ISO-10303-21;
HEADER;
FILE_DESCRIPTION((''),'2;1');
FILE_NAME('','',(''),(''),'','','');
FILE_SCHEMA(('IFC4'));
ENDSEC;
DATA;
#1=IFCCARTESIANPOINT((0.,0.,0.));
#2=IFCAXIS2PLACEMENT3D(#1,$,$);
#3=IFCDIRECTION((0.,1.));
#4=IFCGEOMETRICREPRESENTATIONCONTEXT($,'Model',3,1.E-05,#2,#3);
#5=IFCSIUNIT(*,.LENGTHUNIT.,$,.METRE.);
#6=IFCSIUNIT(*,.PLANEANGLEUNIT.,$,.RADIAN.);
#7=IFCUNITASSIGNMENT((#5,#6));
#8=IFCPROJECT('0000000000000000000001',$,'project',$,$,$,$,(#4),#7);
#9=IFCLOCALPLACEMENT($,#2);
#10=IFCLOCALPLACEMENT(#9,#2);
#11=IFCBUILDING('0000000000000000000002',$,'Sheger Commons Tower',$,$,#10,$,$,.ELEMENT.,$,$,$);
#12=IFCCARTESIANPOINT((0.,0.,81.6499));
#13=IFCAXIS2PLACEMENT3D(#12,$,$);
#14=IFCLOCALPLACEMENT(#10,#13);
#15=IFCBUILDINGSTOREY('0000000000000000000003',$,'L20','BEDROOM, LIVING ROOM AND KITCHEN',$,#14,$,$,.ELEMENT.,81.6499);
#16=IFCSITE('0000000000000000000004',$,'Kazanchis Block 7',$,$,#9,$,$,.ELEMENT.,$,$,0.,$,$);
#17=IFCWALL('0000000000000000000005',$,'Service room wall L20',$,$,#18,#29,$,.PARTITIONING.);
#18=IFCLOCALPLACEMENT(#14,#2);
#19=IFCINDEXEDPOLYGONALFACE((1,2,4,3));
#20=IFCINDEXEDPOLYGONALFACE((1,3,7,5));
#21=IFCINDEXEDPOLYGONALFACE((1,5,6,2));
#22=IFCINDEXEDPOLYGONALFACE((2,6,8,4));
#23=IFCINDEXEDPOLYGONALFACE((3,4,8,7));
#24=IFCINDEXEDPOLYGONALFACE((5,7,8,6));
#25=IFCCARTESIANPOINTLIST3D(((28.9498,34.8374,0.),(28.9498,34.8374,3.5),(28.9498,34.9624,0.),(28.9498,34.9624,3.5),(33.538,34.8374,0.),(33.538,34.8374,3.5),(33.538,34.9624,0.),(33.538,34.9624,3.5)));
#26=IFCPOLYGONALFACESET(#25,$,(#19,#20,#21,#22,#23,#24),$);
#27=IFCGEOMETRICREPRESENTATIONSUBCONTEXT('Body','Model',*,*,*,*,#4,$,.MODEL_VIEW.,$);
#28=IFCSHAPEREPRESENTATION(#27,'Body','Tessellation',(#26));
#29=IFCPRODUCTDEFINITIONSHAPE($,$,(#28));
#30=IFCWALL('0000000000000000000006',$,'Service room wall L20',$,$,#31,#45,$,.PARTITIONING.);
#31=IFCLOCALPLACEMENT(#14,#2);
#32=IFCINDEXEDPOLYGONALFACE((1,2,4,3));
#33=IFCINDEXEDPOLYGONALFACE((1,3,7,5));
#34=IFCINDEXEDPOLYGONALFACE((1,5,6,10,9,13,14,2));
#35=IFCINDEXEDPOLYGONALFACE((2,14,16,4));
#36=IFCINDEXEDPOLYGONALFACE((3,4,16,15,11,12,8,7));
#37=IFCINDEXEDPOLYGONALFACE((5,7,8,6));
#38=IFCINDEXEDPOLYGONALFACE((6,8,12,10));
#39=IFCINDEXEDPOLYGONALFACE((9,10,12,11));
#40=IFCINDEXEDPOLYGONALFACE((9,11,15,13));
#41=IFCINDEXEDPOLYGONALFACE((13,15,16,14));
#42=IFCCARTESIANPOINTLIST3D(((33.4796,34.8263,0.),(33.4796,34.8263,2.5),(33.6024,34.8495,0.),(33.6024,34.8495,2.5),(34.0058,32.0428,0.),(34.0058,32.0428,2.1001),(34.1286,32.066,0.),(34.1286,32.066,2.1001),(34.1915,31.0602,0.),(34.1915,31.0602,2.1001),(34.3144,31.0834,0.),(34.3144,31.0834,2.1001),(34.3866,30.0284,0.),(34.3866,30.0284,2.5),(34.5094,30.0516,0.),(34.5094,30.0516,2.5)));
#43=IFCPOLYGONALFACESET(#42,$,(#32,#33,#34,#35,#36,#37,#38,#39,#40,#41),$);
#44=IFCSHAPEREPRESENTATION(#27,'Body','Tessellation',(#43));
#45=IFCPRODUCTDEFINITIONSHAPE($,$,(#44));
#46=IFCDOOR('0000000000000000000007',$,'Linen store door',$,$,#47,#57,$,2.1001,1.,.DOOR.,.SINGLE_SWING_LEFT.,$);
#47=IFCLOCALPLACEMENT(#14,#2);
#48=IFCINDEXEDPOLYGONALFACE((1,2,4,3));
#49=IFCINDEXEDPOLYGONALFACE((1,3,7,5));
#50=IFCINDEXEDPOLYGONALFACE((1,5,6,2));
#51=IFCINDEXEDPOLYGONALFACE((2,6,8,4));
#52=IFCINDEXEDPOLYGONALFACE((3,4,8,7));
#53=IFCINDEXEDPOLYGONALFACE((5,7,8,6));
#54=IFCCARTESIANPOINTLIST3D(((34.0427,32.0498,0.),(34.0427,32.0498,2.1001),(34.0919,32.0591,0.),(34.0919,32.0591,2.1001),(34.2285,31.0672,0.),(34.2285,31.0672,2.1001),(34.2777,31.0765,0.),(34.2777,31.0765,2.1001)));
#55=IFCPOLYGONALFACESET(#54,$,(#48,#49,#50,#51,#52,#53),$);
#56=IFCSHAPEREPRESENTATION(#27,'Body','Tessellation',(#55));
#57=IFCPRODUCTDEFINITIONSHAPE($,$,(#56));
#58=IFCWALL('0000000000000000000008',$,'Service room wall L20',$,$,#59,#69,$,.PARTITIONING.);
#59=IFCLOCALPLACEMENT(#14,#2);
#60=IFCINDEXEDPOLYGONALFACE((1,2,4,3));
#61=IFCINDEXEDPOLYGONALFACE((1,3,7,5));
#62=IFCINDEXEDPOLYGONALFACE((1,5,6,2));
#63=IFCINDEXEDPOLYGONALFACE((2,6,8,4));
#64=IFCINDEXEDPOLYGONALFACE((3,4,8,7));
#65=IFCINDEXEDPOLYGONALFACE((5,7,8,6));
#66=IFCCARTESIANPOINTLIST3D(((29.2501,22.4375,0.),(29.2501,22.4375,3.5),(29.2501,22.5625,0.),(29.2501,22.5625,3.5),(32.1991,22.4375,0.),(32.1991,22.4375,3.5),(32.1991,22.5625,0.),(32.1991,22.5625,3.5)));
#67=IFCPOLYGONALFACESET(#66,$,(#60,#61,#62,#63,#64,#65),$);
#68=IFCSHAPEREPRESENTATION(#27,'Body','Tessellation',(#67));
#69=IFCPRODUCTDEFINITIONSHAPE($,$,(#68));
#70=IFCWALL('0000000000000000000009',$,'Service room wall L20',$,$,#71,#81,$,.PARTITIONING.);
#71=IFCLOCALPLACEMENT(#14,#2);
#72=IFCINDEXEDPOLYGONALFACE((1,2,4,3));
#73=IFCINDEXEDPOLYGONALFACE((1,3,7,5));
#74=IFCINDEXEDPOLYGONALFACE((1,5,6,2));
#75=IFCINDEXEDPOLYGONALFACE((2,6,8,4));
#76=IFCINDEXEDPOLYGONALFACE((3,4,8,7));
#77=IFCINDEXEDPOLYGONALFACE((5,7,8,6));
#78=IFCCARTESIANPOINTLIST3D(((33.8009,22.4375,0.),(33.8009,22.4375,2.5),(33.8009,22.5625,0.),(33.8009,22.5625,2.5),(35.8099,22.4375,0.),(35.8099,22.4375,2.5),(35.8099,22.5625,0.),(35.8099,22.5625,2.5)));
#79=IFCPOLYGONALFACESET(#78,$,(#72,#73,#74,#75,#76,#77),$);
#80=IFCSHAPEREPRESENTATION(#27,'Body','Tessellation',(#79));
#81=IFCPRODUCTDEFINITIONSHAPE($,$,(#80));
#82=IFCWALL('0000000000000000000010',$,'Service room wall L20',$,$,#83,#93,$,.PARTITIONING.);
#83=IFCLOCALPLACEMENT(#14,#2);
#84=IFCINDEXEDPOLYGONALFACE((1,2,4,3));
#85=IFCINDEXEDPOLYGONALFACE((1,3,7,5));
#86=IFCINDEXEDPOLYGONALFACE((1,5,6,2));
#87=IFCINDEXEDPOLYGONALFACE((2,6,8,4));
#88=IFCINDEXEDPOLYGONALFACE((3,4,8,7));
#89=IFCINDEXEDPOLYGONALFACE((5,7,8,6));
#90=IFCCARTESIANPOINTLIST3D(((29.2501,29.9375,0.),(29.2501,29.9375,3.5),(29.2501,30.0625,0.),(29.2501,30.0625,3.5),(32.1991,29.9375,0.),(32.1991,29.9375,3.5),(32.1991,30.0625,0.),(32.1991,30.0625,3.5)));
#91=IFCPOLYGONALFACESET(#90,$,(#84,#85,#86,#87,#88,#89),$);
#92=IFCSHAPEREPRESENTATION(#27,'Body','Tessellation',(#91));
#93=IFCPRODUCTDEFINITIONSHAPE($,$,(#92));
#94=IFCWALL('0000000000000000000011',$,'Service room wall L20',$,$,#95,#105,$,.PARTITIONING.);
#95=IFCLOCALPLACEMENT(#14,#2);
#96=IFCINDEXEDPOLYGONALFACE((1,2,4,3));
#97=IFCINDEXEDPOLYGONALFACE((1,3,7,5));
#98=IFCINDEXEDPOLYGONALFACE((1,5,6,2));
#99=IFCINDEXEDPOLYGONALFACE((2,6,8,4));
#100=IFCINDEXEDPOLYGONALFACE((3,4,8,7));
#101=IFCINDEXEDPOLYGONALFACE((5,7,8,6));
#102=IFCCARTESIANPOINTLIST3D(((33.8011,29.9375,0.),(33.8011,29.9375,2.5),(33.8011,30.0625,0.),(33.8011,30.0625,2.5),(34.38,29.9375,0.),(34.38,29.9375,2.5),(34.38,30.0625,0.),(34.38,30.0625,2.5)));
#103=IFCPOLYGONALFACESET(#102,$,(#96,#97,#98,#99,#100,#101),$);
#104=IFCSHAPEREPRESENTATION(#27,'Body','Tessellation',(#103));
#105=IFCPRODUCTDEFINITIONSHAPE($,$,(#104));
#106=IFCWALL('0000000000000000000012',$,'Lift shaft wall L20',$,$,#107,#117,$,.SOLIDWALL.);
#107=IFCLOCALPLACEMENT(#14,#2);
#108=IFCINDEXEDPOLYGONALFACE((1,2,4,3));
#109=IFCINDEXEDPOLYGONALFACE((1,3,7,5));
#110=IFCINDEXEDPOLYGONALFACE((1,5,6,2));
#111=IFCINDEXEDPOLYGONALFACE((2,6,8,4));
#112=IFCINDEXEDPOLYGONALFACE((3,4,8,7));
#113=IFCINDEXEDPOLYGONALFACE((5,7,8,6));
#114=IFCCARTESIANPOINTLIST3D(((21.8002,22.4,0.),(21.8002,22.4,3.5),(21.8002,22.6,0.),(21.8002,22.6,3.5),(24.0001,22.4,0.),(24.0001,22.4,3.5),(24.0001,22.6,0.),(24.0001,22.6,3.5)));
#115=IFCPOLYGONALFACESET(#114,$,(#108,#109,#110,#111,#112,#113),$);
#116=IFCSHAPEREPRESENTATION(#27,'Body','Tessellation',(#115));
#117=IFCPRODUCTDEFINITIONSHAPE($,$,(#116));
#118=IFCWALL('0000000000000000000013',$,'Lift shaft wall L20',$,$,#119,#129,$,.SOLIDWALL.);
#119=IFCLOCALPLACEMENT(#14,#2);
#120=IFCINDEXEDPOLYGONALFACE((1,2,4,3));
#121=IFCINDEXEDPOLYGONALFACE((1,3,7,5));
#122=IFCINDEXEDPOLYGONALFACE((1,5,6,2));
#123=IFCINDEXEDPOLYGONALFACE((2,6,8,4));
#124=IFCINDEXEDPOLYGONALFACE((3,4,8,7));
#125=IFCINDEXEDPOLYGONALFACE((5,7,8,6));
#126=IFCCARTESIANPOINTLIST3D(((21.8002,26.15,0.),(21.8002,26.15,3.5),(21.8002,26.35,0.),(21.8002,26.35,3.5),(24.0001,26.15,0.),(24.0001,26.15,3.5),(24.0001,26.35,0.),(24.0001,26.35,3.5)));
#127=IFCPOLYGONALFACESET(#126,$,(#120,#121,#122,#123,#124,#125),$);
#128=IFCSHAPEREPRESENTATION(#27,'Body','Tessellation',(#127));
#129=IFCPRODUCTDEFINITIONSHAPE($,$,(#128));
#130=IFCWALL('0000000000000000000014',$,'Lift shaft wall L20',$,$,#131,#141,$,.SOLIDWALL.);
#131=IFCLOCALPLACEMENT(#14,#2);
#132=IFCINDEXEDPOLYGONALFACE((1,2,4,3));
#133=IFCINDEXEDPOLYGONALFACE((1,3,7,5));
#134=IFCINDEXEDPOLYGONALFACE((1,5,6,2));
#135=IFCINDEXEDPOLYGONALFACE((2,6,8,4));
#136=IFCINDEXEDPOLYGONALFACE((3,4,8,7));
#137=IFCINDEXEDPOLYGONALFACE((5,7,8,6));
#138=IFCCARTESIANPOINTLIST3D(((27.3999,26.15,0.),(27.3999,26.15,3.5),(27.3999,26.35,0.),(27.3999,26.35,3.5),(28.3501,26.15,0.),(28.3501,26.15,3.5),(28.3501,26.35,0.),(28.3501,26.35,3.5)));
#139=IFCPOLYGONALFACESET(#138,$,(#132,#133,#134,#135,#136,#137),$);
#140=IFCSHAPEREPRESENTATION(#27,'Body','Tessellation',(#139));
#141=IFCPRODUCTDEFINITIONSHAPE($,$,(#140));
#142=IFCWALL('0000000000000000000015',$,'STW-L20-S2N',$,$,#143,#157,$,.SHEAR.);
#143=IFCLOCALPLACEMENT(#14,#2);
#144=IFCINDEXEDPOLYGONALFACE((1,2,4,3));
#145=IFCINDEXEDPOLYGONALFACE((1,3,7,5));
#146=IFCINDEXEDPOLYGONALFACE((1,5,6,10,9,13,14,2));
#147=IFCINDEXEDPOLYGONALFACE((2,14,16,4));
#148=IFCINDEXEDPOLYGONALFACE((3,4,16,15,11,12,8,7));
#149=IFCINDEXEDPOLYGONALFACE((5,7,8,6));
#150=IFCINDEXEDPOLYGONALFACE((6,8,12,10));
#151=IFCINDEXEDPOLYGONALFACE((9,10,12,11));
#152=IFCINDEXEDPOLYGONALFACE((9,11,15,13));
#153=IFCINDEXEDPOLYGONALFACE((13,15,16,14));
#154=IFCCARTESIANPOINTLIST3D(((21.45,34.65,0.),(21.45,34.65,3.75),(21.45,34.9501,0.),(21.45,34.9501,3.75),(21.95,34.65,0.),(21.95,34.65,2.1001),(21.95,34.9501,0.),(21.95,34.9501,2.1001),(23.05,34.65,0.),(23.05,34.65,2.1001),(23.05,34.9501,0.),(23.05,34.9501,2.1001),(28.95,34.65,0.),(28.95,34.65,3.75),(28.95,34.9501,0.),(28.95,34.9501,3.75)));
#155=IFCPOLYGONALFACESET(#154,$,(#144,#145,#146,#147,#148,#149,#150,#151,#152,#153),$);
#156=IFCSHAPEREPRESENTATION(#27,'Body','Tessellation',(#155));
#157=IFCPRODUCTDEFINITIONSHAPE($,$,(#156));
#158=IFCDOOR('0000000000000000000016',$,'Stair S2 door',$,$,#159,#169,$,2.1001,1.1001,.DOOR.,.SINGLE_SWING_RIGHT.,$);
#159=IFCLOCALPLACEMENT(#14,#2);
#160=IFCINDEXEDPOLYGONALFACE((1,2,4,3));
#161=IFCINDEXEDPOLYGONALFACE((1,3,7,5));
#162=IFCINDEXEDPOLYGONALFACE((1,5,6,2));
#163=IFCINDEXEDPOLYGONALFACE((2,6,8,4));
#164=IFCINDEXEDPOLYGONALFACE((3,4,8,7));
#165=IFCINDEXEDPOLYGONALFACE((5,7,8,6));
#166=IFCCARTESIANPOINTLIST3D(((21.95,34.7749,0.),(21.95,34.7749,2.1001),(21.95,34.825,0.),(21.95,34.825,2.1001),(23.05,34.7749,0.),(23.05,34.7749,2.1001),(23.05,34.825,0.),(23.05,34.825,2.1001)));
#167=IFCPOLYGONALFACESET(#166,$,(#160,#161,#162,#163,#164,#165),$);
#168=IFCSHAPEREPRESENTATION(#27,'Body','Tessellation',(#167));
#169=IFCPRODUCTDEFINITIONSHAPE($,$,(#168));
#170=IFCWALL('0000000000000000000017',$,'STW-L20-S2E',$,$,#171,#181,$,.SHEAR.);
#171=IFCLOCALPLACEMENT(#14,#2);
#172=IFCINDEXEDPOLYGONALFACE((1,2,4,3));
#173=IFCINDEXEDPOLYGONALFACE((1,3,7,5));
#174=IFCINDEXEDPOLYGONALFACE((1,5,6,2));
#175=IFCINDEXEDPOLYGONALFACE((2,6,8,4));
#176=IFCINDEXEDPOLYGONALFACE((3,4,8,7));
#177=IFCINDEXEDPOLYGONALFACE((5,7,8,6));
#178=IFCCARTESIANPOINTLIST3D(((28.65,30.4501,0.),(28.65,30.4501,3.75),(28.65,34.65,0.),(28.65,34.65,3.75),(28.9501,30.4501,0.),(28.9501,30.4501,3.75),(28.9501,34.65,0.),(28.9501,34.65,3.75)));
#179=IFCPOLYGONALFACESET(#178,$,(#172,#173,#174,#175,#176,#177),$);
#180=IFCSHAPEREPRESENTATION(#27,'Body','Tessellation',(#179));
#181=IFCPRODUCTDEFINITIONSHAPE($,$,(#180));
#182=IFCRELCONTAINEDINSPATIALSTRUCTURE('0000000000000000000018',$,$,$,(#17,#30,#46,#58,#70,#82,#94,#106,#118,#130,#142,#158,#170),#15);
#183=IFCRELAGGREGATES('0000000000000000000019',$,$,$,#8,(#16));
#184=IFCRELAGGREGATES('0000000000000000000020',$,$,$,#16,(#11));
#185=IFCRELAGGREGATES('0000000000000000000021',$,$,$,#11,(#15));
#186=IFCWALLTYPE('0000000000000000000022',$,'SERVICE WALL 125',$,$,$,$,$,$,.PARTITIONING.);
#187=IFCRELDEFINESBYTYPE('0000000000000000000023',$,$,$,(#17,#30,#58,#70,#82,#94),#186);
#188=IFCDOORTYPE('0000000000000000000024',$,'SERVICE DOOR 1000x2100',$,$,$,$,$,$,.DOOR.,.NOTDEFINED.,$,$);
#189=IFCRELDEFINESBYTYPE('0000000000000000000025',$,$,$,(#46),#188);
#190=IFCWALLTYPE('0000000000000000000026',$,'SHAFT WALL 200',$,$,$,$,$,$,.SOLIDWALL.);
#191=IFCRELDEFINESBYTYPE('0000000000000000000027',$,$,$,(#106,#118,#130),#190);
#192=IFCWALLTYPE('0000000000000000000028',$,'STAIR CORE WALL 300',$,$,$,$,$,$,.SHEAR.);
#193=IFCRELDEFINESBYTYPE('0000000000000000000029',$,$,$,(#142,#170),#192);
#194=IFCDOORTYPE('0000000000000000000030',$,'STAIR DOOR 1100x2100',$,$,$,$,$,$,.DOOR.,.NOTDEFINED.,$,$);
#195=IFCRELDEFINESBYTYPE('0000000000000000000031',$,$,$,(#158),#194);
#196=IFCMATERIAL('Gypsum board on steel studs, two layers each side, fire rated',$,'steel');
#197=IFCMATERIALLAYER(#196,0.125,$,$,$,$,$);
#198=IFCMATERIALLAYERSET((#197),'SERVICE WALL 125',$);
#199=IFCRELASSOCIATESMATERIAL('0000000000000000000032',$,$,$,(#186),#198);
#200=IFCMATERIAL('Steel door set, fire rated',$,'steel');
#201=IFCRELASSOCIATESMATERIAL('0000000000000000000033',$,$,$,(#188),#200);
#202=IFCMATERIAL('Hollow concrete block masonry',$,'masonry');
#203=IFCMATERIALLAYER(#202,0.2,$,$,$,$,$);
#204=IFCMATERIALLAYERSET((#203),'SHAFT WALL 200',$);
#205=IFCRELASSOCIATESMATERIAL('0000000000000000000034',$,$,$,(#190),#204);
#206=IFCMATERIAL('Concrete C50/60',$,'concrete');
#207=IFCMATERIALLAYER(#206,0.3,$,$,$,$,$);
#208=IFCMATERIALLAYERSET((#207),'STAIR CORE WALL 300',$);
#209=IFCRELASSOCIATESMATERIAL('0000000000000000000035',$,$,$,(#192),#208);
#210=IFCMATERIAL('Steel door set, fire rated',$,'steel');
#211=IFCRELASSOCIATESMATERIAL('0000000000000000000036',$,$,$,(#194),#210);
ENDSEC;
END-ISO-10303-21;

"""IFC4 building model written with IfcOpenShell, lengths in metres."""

from ifc_helpers import new_model, si_unit, direction, frame, frame_2d, origin, place, context, subcontext, project, spatial, rectangle, extrude, material, layer, layer_set, type_object, element, fill, save


model = new_model("IFC4")

# Units and contexts
model_context = context("Model", 3, precision=1e-05, world=origin(), true_north=direction((0.0, 1.0)))
body_context = subcontext(model_context, "Body", "Model", "MODEL_VIEW")
ifc_project = project(units=[si_unit("LENGTHUNIT", "METRE"), si_unit("PLANEANGLEUNIT", "RADIAN")], contexts=[model_context])

# Site, building, storey
site_placement = place(None, origin())
site = spatial("IfcSite", under=ifc_project, at=site_placement, Name="Kazanchis Block 7", CompositionType="ELEMENT", RefElevation=0.0)
building_placement = place(site_placement, origin())
building = spatial("IfcBuilding", under=site, at=building_placement, Name="Sheger Commons Tower", CompositionType="ELEMENT")
storey_placement = place(building_placement, frame((0.0, 0.0, 81.6499)))
storey = spatial("IfcBuildingStorey", under=building, at=storey_placement, Name="L20", Description="BEDROOM, LIVING ROOM AND KITCHEN", CompositionType="ELEMENT", Elevation=81.6499)

# Wall
ifc_material_1 = material(Name="Gypsum board on steel studs, two layers each side, fire rated", Category="steel")
ifc_layer_1 = layer(ifc_material_1, 0.125)
ifc_layer_set_1 = layer_set([ifc_layer_1], Name="SERVICE WALL 125")
wall_type_1 = type_object("IfcWallType", Name="SERVICE WALL 125", PredefinedType="PARTITIONING", material=ifc_layer_set_1)
wall_1_placement = place(storey_placement, frame((28.95, 34.8999, 0.0), z_axis=(0.0, 0.0, 1.0), x_axis=(1.0, 0.0, 0.0)))
element("IfcWall", 1, at=wall_1_placement, inside=storey, type_object=wall_type_1, Name="Service room wall L20", PredefinedType="PARTITIONING", context=body_context, shape_type="SweptSolid", body=[
    extrude(rectangle(XDim=4.5881, YDim=0.125, at=frame_2d((2.2939, 0.0))), origin(), (0.0, 0.0, 1.0), 3.5),
])

# Wall, opening, door
wall_2_placement = place(storey_placement, frame((34.448, 30.04, 0.0), z_axis=(0.0, 0.0, 1.0), x_axis=(-0.185749, 0.982597, 0.0)))
wall_2 = element("IfcWall", 2, at=wall_2_placement, inside=storey, type_object=wall_type_1, Name="Service room wall L20", PredefinedType="PARTITIONING", context=body_context, shape_type="SweptSolid", body=[
    extrude(rectangle(XDim=4.8828, YDim=0.125, at=frame_2d((2.4414, 0.0))), origin(), (0.0, 0.0, 1.0), 2.5),
])
opening_1_placement = place(wall_2_placement, frame((1.05, 0.0, 0.0)))
opening_1 = element("IfcOpeningElement", 3, at=opening_1_placement, cuts=wall_2, PredefinedType="OPENING", context=body_context, shape_type="SweptSolid", body=[
    extrude(rectangle(XDim=1.0, YDim=2.1001, at=frame_2d((0.5, 1.05))), frame((0.0, 0.0725, 0.0), z_axis=(0.0, -1.0, 0.0), x_axis=(1.0, 0.0, 0.0)), (0.0, 0.0, 1.0), 0.145),
])
ifc_material_2 = material(Name="Steel door set, fire rated", Category="steel")
door_type_1 = type_object("IfcDoorType", Name="SERVICE DOOR 1000x2100", OperationType="NOTDEFINED", PredefinedType="DOOR", material=ifc_material_2)
door_1_placement = place(opening_1_placement, origin())
door_1 = element("IfcDoor", 4, at=door_1_placement, inside=storey, type_object=door_type_1, Name="Linen store door", OperationType="SINGLE_SWING_LEFT", OverallHeight=2.1001, OverallWidth=1.0, PredefinedType="DOOR", context=body_context, shape_type="SweptSolid", body=[
    extrude(rectangle(XDim=1.0, YDim=2.1001, at=frame_2d((0.5, 1.05))), frame((0.0, 0.0249, 0.0), z_axis=(0.0, -1.0, 0.0), x_axis=(1.0, 0.0, 0.0)), (0.0, 0.0, 1.0), 0.05),
])
fill(opening_1, door_1)

# Walls
wall_3_placement = place(storey_placement, frame((29.25, 22.5, 0.0), z_axis=(0.0, 0.0, 1.0), x_axis=(1.0, 0.0, 0.0)))
element("IfcWall", 5, at=wall_3_placement, inside=storey, type_object=wall_type_1, Name="Service room wall L20", PredefinedType="PARTITIONING", context=body_context, shape_type="SweptSolid", body=[
    extrude(rectangle(XDim=2.949, YDim=0.125, at=frame_2d((1.4746, 0.0))), origin(), (0.0, 0.0, 1.0), 3.5),
])
wall_4_placement = place(storey_placement, frame((33.801, 22.5, 0.0), z_axis=(0.0, 0.0, 1.0), x_axis=(1.0, 0.0, 0.0)))
element("IfcWall", 6, at=wall_4_placement, inside=storey, type_object=wall_type_1, Name="Service room wall L20", PredefinedType="PARTITIONING", context=body_context, shape_type="SweptSolid", body=[
    extrude(rectangle(XDim=2.009, YDim=0.125, at=frame_2d((1.0044, 0.0))), origin(), (0.0, 0.0, 1.0), 2.5),
])
wall_5_placement = place(storey_placement, frame((29.25, 30.0, 0.0), z_axis=(0.0, 0.0, 1.0), x_axis=(1.0, 0.0, 0.0)))
element("IfcWall", 7, at=wall_5_placement, inside=storey, type_object=wall_type_1, Name="Service room wall L20", PredefinedType="PARTITIONING", context=body_context, shape_type="SweptSolid", body=[
    extrude(rectangle(XDim=2.949, YDim=0.125, at=frame_2d((1.4746, 0.0))), origin(), (0.0, 0.0, 1.0), 3.5),
])
wall_6_placement = place(storey_placement, frame((33.801, 30.0, 0.0), z_axis=(0.0, 0.0, 1.0), x_axis=(1.0, 0.0, 0.0)))
element("IfcWall", 8, at=wall_6_placement, inside=storey, type_object=wall_type_1, Name="Service room wall L20", PredefinedType="PARTITIONING", context=body_context, shape_type="SweptSolid", body=[
    extrude(rectangle(XDim=0.5789, YDim=0.125, at=frame_2d((0.2896, 0.0))), origin(), (0.0, 0.0, 1.0), 2.5),
])
ifc_material_3 = material(Name="Hollow concrete block masonry", Category="masonry")
ifc_layer_2 = layer(ifc_material_3, 0.2)
ifc_layer_set_2 = layer_set([ifc_layer_2], Name="SHAFT WALL 200")
wall_type_2 = type_object("IfcWallType", Name="SHAFT WALL 200", PredefinedType="SOLIDWALL", material=ifc_layer_set_2)
for number, where, z_axis, x_axis, name in (
    (9, (21.8, 22.5, 0.0), (0.0, 0.0, 1.0), (1.0, 0.0, 0.0), "Lift shaft wall L20"),
    (10, (21.8, 26.25, 0.0), (0.0, 0.0, 1.0), (1.0, 0.0, 0.0), "Lift shaft wall L20"),
):
    element("IfcWall", number, at=place(storey_placement, frame(where, z_axis=z_axis, x_axis=x_axis)), inside=storey, type_object=wall_type_2, Name=name, PredefinedType="SOLIDWALL", context=body_context, shape_type="SweptSolid", body=[
        extrude(rectangle(XDim=2.2, YDim=0.2, at=frame_2d((1.1001, 0.0))), origin(), (0.0, 0.0, 1.0), 3.5),
    ])
wall_7_placement = place(storey_placement, frame((27.3999, 26.25, 0.0), z_axis=(0.0, 0.0, 1.0), x_axis=(1.0, 0.0, 0.0)))
element("IfcWall", 11, at=wall_7_placement, inside=storey, type_object=wall_type_2, Name="Lift shaft wall L20", PredefinedType="SOLIDWALL", context=body_context, shape_type="SweptSolid", body=[
    extrude(rectangle(XDim=0.9502, YDim=0.2, at=frame_2d((0.4751, 0.0))), origin(), (0.0, 0.0, 1.0), 3.5),
])

# Wall, opening, door
ifc_material_4 = material(Name="Concrete C50/60", Category="concrete")
ifc_layer_3 = layer(ifc_material_4, 0.3)
ifc_layer_set_3 = layer_set([ifc_layer_3], Name="STAIR CORE WALL 300")
wall_type_3 = type_object("IfcWallType", Name="STAIR CORE WALL 300", PredefinedType="SHEAR", material=ifc_layer_set_3)
wall_8_placement = place(storey_placement, frame((21.45, 34.8, 0.0), z_axis=(0.0, 0.0, 1.0), x_axis=(1.0, 0.0, 0.0)))
wall_8 = element("IfcWall", 12, at=wall_8_placement, inside=storey, type_object=wall_type_3, Name="STW-L20-S2N", PredefinedType="SHEAR", context=body_context, shape_type="SweptSolid", body=[
    extrude(rectangle(XDim=7.5, YDim=0.3, at=frame_2d((3.75, 0.0))), origin(), (0.0, 0.0, 1.0), 3.75),
])
opening_2_placement = place(wall_8_placement, frame((0.5, 0.0, 0.0)))
opening_2 = element("IfcOpeningElement", 13, at=opening_2_placement, cuts=wall_8, PredefinedType="OPENING", context=body_context, shape_type="SweptSolid", body=[
    extrude(rectangle(XDim=1.1001, YDim=2.1001, at=frame_2d((0.55, 1.05))), frame((0.0, 0.1599, 0.0), z_axis=(0.0, -1.0, 0.0), x_axis=(1.0, 0.0, 0.0)), (0.0, 0.0, 1.0), 0.3201),
])
ifc_material_5 = material(Name="Steel door set, fire rated", Category="steel")
door_type_2 = type_object("IfcDoorType", Name="STAIR DOOR 1100x2100", OperationType="NOTDEFINED", PredefinedType="DOOR", material=ifc_material_5)
door_2_placement = place(opening_2_placement, origin())
door_2 = element("IfcDoor", 14, at=door_2_placement, inside=storey, type_object=door_type_2, Name="Stair S2 door", OperationType="SINGLE_SWING_RIGHT", OverallHeight=2.1001, OverallWidth=1.1001, PredefinedType="DOOR", context=body_context, shape_type="SweptSolid", body=[
    extrude(rectangle(XDim=1.1001, YDim=2.1001, at=frame_2d((0.55, 1.05))), frame((0.0, 0.0249, 0.0), z_axis=(0.0, -1.0, 0.0), x_axis=(1.0, 0.0, 0.0)), (0.0, 0.0, 1.0), 0.05),
])
fill(opening_2, door_2)

# Wall
wall_9_placement = place(storey_placement, frame((28.8, 30.45, 0.0), z_axis=(0.0, 0.0, 1.0), x_axis=(0.0, 1.0, 0.0)))
element("IfcWall", 15, at=wall_9_placement, inside=storey, type_object=wall_type_3, Name="STW-L20-S2E", PredefinedType="SHEAR", context=body_context, shape_type="SweptSolid", body=[
    extrude(rectangle(XDim=4.2, YDim=0.3, at=frame_2d((2.1001, 0.0))), origin(), (0.0, 0.0, 1.0), 3.75),
])

save(model, "model.ifc")
